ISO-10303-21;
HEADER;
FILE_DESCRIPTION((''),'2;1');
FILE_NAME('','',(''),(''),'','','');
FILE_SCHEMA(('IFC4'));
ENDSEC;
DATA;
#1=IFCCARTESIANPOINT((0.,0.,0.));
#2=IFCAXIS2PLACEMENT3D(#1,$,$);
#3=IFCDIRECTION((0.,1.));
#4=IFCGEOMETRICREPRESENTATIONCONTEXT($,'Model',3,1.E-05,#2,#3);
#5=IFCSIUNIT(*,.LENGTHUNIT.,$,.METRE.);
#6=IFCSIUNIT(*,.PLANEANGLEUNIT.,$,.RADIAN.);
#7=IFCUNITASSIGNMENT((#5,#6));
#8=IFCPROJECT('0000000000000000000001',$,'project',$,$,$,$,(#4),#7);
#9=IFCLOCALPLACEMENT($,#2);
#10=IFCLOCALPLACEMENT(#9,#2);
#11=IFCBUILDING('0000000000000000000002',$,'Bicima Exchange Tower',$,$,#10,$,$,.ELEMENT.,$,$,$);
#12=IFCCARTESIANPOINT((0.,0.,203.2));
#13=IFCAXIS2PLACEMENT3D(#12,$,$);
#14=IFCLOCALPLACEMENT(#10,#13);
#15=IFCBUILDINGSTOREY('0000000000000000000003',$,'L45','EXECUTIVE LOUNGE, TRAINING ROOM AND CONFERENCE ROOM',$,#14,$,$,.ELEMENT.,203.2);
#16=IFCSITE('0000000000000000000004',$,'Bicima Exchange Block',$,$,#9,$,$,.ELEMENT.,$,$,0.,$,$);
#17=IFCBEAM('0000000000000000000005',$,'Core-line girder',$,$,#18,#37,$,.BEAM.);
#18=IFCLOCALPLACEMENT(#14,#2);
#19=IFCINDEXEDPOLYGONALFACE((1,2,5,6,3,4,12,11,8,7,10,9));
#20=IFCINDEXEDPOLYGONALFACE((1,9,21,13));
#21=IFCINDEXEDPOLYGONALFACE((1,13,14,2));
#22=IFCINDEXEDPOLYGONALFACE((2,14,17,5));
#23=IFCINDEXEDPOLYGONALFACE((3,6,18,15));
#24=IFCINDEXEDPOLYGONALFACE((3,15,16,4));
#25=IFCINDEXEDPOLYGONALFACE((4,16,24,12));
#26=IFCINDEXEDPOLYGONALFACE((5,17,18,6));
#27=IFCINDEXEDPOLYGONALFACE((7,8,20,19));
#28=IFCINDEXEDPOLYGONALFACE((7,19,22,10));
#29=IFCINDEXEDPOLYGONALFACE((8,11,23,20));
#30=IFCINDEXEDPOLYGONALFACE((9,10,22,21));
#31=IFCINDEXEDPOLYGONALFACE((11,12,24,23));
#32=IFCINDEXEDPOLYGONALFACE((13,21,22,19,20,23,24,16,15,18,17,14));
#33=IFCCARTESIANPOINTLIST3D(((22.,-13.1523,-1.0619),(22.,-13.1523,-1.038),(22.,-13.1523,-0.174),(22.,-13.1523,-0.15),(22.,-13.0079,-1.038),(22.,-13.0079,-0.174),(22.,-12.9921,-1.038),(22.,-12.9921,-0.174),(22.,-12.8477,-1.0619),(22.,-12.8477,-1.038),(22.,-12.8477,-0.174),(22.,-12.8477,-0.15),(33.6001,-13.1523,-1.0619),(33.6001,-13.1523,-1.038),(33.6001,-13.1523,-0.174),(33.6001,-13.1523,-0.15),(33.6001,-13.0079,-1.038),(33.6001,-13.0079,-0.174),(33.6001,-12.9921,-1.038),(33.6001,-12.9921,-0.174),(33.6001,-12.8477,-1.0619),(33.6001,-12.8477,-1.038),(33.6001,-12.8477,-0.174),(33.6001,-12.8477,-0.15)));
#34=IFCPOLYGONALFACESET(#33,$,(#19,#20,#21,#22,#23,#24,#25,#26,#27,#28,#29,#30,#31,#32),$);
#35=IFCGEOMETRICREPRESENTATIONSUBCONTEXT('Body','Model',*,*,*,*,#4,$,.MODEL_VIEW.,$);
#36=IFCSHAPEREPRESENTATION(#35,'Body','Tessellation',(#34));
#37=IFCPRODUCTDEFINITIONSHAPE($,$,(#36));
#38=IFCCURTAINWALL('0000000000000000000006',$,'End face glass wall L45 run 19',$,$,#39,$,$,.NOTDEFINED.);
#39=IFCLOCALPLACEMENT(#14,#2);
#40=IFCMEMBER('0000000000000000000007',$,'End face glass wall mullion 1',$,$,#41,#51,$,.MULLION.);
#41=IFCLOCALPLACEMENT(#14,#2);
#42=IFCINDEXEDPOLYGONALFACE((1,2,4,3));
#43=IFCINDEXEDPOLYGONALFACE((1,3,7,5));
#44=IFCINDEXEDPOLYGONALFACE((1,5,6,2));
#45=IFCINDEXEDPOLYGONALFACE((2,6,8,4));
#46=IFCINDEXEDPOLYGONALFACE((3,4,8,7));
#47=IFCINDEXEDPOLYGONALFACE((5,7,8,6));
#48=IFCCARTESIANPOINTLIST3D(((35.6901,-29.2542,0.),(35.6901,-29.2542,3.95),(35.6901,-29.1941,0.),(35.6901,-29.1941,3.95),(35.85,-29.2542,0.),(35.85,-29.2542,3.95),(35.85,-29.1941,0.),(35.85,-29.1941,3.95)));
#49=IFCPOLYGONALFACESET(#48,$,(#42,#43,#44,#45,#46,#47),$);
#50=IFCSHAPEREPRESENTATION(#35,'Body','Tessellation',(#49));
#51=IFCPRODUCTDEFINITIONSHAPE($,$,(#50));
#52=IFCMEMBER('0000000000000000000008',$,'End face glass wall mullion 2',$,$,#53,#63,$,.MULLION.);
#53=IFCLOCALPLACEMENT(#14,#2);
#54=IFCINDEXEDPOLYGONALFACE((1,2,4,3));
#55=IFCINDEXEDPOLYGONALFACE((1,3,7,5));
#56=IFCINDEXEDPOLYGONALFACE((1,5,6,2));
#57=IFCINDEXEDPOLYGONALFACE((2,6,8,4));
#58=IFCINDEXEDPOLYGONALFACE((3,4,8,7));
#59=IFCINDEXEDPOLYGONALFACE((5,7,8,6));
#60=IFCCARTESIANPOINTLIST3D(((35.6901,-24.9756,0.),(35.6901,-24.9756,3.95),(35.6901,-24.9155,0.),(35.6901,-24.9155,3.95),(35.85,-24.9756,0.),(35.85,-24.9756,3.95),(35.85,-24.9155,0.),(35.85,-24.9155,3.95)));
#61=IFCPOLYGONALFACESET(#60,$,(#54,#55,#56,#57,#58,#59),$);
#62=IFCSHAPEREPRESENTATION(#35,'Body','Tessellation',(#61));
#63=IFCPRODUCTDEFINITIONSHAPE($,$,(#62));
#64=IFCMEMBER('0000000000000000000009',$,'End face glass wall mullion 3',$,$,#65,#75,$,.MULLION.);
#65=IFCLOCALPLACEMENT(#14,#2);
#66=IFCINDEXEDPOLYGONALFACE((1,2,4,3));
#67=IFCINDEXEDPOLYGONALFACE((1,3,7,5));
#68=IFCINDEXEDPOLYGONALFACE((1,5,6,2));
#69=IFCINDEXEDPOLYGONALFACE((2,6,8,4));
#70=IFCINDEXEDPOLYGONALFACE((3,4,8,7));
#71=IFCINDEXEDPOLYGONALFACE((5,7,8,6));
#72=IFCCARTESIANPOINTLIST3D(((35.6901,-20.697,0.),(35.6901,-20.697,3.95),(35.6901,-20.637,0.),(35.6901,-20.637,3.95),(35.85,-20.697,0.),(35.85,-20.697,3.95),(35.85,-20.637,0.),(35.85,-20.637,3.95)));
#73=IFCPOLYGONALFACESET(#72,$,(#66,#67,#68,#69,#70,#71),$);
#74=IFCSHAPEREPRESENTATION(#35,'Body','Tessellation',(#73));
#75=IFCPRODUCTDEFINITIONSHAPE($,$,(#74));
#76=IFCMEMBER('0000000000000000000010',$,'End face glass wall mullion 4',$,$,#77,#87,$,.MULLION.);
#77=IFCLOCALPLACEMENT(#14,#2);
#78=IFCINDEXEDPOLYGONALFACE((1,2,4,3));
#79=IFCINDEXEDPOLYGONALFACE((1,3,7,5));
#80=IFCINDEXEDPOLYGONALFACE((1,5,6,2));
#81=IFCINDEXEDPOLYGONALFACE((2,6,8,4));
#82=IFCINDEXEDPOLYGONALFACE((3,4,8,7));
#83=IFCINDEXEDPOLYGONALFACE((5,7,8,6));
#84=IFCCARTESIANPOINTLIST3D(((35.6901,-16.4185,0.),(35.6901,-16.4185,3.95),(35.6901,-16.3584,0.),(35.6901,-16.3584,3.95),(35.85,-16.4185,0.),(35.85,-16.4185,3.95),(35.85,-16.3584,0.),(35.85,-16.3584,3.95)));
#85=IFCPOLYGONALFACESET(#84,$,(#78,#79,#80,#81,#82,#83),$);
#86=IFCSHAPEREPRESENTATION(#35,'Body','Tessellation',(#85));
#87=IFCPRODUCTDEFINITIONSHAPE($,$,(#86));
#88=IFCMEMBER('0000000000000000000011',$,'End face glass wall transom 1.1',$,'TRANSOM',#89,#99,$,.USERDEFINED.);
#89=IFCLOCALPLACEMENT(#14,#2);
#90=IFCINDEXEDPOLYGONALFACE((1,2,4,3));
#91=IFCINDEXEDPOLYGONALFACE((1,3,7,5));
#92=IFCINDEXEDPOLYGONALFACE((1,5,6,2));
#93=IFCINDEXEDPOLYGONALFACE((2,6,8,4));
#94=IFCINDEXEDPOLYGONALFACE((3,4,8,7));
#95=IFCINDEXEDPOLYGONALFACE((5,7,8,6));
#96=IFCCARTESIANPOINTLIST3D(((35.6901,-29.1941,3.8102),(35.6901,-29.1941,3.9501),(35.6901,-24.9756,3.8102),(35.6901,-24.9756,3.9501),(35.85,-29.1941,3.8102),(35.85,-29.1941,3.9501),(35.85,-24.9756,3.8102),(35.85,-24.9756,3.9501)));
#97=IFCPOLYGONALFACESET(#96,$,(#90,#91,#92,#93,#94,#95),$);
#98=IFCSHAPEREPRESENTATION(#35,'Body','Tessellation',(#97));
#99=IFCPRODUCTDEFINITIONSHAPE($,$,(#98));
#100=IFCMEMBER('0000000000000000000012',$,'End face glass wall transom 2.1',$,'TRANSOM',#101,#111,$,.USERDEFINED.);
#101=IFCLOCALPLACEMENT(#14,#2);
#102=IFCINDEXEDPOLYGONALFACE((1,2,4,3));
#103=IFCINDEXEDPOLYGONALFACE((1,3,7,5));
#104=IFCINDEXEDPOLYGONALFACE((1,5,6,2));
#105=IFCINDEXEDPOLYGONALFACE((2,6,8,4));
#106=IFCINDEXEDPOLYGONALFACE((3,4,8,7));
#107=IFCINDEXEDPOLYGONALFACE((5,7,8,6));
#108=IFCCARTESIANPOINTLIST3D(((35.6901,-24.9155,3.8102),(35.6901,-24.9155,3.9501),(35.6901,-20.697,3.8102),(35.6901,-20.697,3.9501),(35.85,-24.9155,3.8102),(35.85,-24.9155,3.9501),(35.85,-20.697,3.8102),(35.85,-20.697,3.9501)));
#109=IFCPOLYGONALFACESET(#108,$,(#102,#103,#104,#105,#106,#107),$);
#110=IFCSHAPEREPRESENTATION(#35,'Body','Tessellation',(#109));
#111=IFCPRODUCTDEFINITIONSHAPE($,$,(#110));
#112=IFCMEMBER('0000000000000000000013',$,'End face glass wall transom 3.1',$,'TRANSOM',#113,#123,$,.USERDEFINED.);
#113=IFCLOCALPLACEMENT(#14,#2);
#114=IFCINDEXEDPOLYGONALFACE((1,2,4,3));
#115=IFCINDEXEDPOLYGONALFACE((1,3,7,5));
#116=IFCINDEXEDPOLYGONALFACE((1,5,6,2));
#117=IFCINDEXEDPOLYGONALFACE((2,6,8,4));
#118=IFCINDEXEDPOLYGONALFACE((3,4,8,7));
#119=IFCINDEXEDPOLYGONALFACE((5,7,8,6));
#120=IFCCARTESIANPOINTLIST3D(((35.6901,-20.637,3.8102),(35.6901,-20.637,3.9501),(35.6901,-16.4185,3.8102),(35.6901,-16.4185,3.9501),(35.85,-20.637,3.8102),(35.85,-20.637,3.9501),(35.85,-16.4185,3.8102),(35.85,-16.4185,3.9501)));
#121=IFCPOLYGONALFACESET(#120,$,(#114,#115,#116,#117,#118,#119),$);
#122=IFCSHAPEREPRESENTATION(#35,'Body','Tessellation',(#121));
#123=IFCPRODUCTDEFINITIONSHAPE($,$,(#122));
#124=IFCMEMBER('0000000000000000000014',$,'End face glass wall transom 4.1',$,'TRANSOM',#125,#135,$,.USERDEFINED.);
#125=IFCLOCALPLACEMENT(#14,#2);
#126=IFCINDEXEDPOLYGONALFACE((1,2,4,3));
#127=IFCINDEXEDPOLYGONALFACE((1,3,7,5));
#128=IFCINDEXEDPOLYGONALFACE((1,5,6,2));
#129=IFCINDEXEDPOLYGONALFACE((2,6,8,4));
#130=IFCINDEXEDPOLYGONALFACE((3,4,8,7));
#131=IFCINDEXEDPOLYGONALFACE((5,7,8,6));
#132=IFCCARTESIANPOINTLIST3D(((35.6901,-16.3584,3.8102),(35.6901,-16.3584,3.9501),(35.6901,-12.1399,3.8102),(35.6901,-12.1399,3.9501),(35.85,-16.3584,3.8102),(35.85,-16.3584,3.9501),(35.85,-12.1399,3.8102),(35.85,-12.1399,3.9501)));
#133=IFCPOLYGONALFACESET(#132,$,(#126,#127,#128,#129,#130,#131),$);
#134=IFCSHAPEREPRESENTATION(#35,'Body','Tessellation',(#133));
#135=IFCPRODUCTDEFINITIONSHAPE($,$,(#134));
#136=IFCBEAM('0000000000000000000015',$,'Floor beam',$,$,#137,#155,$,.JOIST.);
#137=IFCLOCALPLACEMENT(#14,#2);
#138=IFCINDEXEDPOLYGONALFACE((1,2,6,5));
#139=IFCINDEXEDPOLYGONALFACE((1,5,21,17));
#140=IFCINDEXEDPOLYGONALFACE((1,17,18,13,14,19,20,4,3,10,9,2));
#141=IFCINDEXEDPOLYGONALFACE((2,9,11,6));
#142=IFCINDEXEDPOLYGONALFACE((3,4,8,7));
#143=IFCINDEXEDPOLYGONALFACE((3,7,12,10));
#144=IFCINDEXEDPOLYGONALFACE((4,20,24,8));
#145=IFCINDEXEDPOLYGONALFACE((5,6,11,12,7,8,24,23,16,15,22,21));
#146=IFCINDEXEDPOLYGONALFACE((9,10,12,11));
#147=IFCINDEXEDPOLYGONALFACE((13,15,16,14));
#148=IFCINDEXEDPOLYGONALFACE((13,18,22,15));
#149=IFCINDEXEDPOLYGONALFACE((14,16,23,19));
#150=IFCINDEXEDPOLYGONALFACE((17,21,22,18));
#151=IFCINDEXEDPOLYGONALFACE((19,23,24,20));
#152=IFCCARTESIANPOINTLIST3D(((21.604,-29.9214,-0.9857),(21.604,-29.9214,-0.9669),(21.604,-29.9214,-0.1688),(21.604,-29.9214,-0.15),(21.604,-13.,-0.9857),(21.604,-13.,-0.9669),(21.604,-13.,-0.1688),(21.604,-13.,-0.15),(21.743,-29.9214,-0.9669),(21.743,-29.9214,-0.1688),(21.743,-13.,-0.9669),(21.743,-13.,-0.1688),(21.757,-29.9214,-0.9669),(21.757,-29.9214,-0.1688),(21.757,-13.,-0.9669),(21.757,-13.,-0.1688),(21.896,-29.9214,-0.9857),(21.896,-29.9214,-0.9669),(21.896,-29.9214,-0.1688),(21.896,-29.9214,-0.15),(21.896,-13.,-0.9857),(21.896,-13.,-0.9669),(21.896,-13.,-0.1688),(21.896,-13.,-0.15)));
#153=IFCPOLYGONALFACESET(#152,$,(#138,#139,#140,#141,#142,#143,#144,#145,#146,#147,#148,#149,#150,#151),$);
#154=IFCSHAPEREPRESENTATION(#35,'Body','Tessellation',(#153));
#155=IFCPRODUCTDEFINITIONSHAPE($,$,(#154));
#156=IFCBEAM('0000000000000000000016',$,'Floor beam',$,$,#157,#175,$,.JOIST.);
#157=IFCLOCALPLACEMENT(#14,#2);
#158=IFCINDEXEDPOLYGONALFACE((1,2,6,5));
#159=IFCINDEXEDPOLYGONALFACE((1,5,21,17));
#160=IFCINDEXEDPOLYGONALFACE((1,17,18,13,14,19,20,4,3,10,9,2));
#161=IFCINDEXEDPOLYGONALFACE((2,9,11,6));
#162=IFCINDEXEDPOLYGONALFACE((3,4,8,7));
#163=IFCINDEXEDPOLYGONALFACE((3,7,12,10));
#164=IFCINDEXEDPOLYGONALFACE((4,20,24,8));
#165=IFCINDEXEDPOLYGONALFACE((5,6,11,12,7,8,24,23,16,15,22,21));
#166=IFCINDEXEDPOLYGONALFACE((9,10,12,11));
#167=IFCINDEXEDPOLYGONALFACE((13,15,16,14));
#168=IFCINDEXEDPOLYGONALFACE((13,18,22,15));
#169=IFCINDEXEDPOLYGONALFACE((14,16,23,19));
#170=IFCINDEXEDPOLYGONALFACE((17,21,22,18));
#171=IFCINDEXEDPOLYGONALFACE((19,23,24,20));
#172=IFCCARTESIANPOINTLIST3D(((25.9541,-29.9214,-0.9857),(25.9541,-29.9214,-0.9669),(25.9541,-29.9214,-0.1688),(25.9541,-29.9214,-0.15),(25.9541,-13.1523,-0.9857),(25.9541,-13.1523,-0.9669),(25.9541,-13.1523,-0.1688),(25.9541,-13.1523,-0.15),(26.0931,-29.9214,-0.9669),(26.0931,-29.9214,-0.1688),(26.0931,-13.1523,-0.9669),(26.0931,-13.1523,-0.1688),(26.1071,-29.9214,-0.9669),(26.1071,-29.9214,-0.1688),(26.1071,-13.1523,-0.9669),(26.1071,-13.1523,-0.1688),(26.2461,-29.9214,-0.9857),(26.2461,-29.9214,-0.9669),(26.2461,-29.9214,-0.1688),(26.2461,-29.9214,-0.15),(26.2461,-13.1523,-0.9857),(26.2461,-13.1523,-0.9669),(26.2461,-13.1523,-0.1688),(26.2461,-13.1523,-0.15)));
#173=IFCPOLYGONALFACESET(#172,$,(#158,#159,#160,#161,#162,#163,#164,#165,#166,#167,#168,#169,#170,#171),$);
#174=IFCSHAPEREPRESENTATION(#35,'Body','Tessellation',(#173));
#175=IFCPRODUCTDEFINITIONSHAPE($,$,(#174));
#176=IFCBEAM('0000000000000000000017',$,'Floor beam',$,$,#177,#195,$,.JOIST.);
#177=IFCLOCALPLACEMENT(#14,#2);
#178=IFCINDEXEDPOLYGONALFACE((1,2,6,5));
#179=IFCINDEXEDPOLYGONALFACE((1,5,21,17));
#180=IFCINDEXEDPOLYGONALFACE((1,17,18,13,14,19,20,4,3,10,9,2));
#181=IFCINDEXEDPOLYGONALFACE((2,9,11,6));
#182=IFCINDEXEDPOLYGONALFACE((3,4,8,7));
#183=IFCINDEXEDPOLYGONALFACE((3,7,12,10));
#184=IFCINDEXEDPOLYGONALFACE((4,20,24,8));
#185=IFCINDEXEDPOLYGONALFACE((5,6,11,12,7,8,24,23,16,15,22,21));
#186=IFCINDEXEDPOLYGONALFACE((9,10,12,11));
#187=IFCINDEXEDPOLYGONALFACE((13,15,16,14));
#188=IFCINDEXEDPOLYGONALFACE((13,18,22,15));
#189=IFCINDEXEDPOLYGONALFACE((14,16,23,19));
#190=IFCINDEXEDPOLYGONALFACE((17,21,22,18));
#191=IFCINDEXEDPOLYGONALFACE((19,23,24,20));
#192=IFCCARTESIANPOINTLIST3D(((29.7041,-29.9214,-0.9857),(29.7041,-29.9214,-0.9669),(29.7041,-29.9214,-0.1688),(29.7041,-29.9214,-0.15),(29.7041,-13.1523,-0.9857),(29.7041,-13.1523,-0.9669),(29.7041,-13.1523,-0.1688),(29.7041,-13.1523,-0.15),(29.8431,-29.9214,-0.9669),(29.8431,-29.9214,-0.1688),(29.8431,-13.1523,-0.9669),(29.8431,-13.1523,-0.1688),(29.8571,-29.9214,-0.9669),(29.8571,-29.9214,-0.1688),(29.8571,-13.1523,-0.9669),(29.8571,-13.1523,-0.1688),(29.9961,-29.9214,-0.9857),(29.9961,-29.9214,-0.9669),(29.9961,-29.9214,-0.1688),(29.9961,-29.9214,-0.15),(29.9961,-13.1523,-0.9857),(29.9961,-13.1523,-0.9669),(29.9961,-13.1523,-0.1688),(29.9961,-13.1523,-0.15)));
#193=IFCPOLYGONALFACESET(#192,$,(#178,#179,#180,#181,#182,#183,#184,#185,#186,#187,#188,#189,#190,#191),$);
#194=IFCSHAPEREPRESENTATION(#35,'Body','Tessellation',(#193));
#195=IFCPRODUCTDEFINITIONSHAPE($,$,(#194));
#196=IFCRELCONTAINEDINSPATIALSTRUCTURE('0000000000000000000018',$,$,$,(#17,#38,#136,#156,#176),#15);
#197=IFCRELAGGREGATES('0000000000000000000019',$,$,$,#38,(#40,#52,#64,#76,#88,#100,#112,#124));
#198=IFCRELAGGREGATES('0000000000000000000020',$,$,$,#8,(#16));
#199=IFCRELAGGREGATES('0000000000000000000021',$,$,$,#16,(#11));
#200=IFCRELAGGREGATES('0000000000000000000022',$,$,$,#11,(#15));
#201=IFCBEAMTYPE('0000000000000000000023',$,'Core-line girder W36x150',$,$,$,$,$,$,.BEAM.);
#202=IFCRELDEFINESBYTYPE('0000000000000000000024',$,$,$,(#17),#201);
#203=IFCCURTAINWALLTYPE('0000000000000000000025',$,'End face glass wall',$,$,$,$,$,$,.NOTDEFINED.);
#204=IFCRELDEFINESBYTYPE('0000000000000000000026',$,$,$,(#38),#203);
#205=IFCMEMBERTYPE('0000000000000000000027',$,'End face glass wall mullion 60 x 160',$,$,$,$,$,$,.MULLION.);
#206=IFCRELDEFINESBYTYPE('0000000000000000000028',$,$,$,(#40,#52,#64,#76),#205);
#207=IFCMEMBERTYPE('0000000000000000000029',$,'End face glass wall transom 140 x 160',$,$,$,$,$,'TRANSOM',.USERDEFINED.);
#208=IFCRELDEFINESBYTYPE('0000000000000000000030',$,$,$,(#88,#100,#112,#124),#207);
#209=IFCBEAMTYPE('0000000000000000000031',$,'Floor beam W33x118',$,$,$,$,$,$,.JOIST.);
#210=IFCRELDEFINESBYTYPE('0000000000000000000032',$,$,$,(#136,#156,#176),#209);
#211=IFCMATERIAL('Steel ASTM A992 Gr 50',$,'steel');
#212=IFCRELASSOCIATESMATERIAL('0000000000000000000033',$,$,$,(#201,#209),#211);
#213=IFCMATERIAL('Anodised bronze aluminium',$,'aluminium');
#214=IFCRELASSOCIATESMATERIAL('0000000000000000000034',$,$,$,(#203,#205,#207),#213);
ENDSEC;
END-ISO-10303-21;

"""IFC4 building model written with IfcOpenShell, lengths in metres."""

from ifc_helpers import new_model, si_unit, direction, frame, origin, origin_2d, place, context, subcontext, project, spatial, rectangle, i_section, extrude, material, material_profile, profile_set, type_object, element, aggregate, save


model = new_model("IFC4")

# Units and contexts
model_context = context("Model", 3, precision=1e-05, world=origin(), true_north=direction((0.0, 1.0)))
body_context = subcontext(model_context, "Body", "Model", "MODEL_VIEW")
ifc_project = project(units=[si_unit("LENGTHUNIT", "METRE"), si_unit("PLANEANGLEUNIT", "RADIAN")], contexts=[model_context])

# Site, building, storey
site_placement = place(None, origin())
site = spatial("IfcSite", under=ifc_project, at=site_placement, Name="Bicima Exchange Block", CompositionType="ELEMENT", RefElevation=0.0)
building_placement = place(site_placement, origin())
building = spatial("IfcBuilding", under=site, at=building_placement, Name="Bicima Exchange Tower", CompositionType="ELEMENT")
storey_placement = place(building_placement, frame((0.0, 0.0, 203.2)))
storey = spatial("IfcBuildingStorey", under=building, at=storey_placement, Name="L45", Description="EXECUTIVE LOUNGE, TRAINING ROOM AND CONFERENCE ROOM", CompositionType="ELEMENT", Elevation=203.2)

# Beam
ifc_material_1 = material(Name="Steel ASTM A992 Gr 50", Category="steel")
ifc_material_profile_1 = material_profile(ifc_material_1, i_section(OverallWidth=0.3047, OverallDepth=0.9119, WebThickness=0.0159, FlangeThickness=0.0239, at=origin_2d()))
ifc_profile_set_1 = profile_set([ifc_material_profile_1], Name="Steel ASTM A992 Gr 50")
beam_type_1 = type_object("IfcBeamType", Name="Core-line girder W36x150", PredefinedType="BEAM", material=ifc_profile_set_1)
beam_1_placement = place(storey_placement, frame((22.0, -13.0, -0.606), z_axis=(1.0, 0.0, 0.0), x_axis=(0.0, 1.0, 0.0)))
element("IfcBeam", 1, at=beam_1_placement, inside=storey, type_object=beam_type_1, Name="Core-line girder", PredefinedType="BEAM", context=body_context, shape_type="SweptSolid", body=[
    extrude(i_section(OverallWidth=0.3047, OverallDepth=0.9119, WebThickness=0.0159, FlangeThickness=0.0239, at=origin_2d()), origin(), (0.0, 0.0, 1.0), 11.6001),
])

# Curtain wall, members
ifc_material_2 = material(Name="Anodised bronze aluminium", Category="aluminium")
curtain_wall_type_1 = type_object("IfcCurtainWallType", Name="End face glass wall", PredefinedType="NOTDEFINED", material=ifc_material_2)
curtain_wall_1_placement = place(storey_placement, origin())
curtain_wall_1 = element("IfcCurtainWall", 2, at=curtain_wall_1_placement, inside=storey, type_object=curtain_wall_type_1, Name="End face glass wall L45 run 19", PredefinedType="NOTDEFINED")
ifc_material_profile_2 = material_profile(ifc_material_2, rectangle(XDim=0.1599, YDim=0.0601, at=origin_2d()))
ifc_profile_set_2 = profile_set([ifc_material_profile_2], Name="Anodised bronze aluminium")
member_type_1 = type_object("IfcMemberType", Name="End face glass wall mullion 60 x 160", PredefinedType="MULLION", material=ifc_profile_set_2)
member_1_placement = place(storey_placement, frame((35.77, -29.2241, 0.0), z_axis=(0.0, 0.0, 1.0), x_axis=(-1.0, 0.0, 0.0)))
member_1 = element("IfcMember", 3, at=member_1_placement, type_object=member_type_1, Name="End face glass wall mullion 1", PredefinedType="MULLION", context=body_context, shape_type="SweptSolid", body=[
    extrude(rectangle(XDim=0.1599, YDim=0.0601, at=origin_2d()), origin(), (0.0, 0.0, 1.0), 3.95),
])
member_2_placement = place(storey_placement, frame((35.77, -24.9456, 0.0), z_axis=(0.0, 0.0, 1.0), x_axis=(-1.0, 0.0, 0.0)))
member_2 = element("IfcMember", 4, at=member_2_placement, type_object=member_type_1, Name="End face glass wall mullion 2", PredefinedType="MULLION", context=body_context, shape_type="SweptSolid", body=[
    extrude(rectangle(XDim=0.1599, YDim=0.0601, at=origin_2d()), origin(), (0.0, 0.0, 1.0), 3.95),
])
member_3_placement = place(storey_placement, frame((35.77, -20.667, 0.0), z_axis=(0.0, 0.0, 1.0), x_axis=(-1.0, 0.0, 0.0)))
member_3 = element("IfcMember", 5, at=member_3_placement, type_object=member_type_1, Name="End face glass wall mullion 3", PredefinedType="MULLION", context=body_context, shape_type="SweptSolid", body=[
    extrude(rectangle(XDim=0.1599, YDim=0.0601, at=origin_2d()), origin(), (0.0, 0.0, 1.0), 3.95),
])
member_4_placement = place(storey_placement, frame((35.77, -16.3884, 0.0), z_axis=(0.0, 0.0, 1.0), x_axis=(-1.0, 0.0, 0.0)))
member_4 = element("IfcMember", 6, at=member_4_placement, type_object=member_type_1, Name="End face glass wall mullion 4", PredefinedType="MULLION", context=body_context, shape_type="SweptSolid", body=[
    extrude(rectangle(XDim=0.1599, YDim=0.0601, at=origin_2d()), origin(), (0.0, 0.0, 1.0), 3.95),
])
ifc_material_profile_3 = material_profile(ifc_material_2, rectangle(XDim=0.1599, YDim=0.1399, at=origin_2d()))
ifc_profile_set_3 = profile_set([ifc_material_profile_3], Name="Anodised bronze aluminium")
member_type_2 = type_object("IfcMemberType", Name="End face glass wall transom 140 x 160", ElementType="TRANSOM", PredefinedType="USERDEFINED", material=ifc_profile_set_3)
member_5_placement = place(storey_placement, frame((35.77, -29.1941, 3.8801), z_axis=(0.0, 1.0, 0.0), x_axis=(-1.0, 0.0, 0.0)))
member_5 = element("IfcMember", 7, at=member_5_placement, type_object=member_type_2, Name="End face glass wall transom 1.1", ObjectType="TRANSOM", PredefinedType="USERDEFINED", context=body_context, shape_type="SweptSolid", body=[
    extrude(rectangle(XDim=0.1599, YDim=0.1399, at=origin_2d()), origin(), (0.0, 0.0, 1.0), 4.2185),
])
member_6_placement = place(storey_placement, frame((35.77, -24.9155, 3.8801), z_axis=(0.0, 1.0, 0.0), x_axis=(-1.0, 0.0, 0.0)))
member_6 = element("IfcMember", 8, at=member_6_placement, type_object=member_type_2, Name="End face glass wall transom 2.1", ObjectType="TRANSOM", PredefinedType="USERDEFINED", context=body_context, shape_type="SweptSolid", body=[
    extrude(rectangle(XDim=0.1599, YDim=0.1399, at=origin_2d()), origin(), (0.0, 0.0, 1.0), 4.2185),
])
member_7_placement = place(storey_placement, frame((35.77, -20.637, 3.8801), z_axis=(0.0, 1.0, 0.0), x_axis=(-1.0, 0.0, 0.0)))
member_7 = element("IfcMember", 9, at=member_7_placement, type_object=member_type_2, Name="End face glass wall transom 3.1", ObjectType="TRANSOM", PredefinedType="USERDEFINED", context=body_context, shape_type="SweptSolid", body=[
    extrude(rectangle(XDim=0.1599, YDim=0.1399, at=origin_2d()), origin(), (0.0, 0.0, 1.0), 4.2185),
])
member_8_placement = place(storey_placement, frame((35.77, -16.3584, 3.8801), z_axis=(0.0, 1.0, 0.0), x_axis=(-1.0, 0.0, 0.0)))
member_8 = element("IfcMember", 10, at=member_8_placement, type_object=member_type_2, Name="End face glass wall transom 4.1", ObjectType="TRANSOM", PredefinedType="USERDEFINED", context=body_context, shape_type="SweptSolid", body=[
    extrude(rectangle(XDim=0.1599, YDim=0.1399, at=origin_2d()), origin(), (0.0, 0.0, 1.0), 4.2185),
])

# Beams
ifc_material_profile_4 = material_profile(ifc_material_1, i_section(OverallWidth=0.292, OverallDepth=0.8357, WebThickness=0.0139, FlangeThickness=0.0188, at=origin_2d()))
ifc_profile_set_4 = profile_set([ifc_material_profile_4], Name="Steel ASTM A992 Gr 50")
beam_type_2 = type_object("IfcBeamType", Name="Floor beam W33x118", PredefinedType="JOIST", material=ifc_profile_set_4)
beam_2_placement = place(storey_placement, frame((21.75, -13.0, -0.5679), z_axis=(0.0, -1.0, 0.0), x_axis=(1.0, 0.0, 0.0)))
element("IfcBeam", 11, at=beam_2_placement, inside=storey, type_object=beam_type_2, Name="Floor beam", PredefinedType="JOIST", context=body_context, shape_type="SweptSolid", body=[
    extrude(i_section(OverallWidth=0.292, OverallDepth=0.8357, WebThickness=0.0139, FlangeThickness=0.0188, at=origin_2d()), origin(), (0.0, 0.0, 1.0), 16.9214),
])
for number, where, z_axis, x_axis, name in (
    (12, (26.1001, -13.1523, -0.5679), (0.0, -1.0, 0.0), (1.0, 0.0, 0.0), "Floor beam"),
    (13, (29.8501, -13.1523, -0.5679), (0.0, -1.0, 0.0), (1.0, 0.0, 0.0), "Floor beam"),
):
    element("IfcBeam", number, at=place(storey_placement, frame(where, z_axis=z_axis, x_axis=x_axis)), inside=storey, type_object=beam_type_2, Name=name, PredefinedType="JOIST", context=body_context, shape_type="SweptSolid", body=[
        extrude(i_section(OverallWidth=0.292, OverallDepth=0.8357, WebThickness=0.0139, FlangeThickness=0.0188, at=origin_2d()), origin(), (0.0, 0.0, 1.0), 16.769),
    ])

aggregate(curtain_wall_1, [member_1, member_2, member_3, member_4, member_5, member_6, member_7, member_8])

save(model, "model.ifc")
